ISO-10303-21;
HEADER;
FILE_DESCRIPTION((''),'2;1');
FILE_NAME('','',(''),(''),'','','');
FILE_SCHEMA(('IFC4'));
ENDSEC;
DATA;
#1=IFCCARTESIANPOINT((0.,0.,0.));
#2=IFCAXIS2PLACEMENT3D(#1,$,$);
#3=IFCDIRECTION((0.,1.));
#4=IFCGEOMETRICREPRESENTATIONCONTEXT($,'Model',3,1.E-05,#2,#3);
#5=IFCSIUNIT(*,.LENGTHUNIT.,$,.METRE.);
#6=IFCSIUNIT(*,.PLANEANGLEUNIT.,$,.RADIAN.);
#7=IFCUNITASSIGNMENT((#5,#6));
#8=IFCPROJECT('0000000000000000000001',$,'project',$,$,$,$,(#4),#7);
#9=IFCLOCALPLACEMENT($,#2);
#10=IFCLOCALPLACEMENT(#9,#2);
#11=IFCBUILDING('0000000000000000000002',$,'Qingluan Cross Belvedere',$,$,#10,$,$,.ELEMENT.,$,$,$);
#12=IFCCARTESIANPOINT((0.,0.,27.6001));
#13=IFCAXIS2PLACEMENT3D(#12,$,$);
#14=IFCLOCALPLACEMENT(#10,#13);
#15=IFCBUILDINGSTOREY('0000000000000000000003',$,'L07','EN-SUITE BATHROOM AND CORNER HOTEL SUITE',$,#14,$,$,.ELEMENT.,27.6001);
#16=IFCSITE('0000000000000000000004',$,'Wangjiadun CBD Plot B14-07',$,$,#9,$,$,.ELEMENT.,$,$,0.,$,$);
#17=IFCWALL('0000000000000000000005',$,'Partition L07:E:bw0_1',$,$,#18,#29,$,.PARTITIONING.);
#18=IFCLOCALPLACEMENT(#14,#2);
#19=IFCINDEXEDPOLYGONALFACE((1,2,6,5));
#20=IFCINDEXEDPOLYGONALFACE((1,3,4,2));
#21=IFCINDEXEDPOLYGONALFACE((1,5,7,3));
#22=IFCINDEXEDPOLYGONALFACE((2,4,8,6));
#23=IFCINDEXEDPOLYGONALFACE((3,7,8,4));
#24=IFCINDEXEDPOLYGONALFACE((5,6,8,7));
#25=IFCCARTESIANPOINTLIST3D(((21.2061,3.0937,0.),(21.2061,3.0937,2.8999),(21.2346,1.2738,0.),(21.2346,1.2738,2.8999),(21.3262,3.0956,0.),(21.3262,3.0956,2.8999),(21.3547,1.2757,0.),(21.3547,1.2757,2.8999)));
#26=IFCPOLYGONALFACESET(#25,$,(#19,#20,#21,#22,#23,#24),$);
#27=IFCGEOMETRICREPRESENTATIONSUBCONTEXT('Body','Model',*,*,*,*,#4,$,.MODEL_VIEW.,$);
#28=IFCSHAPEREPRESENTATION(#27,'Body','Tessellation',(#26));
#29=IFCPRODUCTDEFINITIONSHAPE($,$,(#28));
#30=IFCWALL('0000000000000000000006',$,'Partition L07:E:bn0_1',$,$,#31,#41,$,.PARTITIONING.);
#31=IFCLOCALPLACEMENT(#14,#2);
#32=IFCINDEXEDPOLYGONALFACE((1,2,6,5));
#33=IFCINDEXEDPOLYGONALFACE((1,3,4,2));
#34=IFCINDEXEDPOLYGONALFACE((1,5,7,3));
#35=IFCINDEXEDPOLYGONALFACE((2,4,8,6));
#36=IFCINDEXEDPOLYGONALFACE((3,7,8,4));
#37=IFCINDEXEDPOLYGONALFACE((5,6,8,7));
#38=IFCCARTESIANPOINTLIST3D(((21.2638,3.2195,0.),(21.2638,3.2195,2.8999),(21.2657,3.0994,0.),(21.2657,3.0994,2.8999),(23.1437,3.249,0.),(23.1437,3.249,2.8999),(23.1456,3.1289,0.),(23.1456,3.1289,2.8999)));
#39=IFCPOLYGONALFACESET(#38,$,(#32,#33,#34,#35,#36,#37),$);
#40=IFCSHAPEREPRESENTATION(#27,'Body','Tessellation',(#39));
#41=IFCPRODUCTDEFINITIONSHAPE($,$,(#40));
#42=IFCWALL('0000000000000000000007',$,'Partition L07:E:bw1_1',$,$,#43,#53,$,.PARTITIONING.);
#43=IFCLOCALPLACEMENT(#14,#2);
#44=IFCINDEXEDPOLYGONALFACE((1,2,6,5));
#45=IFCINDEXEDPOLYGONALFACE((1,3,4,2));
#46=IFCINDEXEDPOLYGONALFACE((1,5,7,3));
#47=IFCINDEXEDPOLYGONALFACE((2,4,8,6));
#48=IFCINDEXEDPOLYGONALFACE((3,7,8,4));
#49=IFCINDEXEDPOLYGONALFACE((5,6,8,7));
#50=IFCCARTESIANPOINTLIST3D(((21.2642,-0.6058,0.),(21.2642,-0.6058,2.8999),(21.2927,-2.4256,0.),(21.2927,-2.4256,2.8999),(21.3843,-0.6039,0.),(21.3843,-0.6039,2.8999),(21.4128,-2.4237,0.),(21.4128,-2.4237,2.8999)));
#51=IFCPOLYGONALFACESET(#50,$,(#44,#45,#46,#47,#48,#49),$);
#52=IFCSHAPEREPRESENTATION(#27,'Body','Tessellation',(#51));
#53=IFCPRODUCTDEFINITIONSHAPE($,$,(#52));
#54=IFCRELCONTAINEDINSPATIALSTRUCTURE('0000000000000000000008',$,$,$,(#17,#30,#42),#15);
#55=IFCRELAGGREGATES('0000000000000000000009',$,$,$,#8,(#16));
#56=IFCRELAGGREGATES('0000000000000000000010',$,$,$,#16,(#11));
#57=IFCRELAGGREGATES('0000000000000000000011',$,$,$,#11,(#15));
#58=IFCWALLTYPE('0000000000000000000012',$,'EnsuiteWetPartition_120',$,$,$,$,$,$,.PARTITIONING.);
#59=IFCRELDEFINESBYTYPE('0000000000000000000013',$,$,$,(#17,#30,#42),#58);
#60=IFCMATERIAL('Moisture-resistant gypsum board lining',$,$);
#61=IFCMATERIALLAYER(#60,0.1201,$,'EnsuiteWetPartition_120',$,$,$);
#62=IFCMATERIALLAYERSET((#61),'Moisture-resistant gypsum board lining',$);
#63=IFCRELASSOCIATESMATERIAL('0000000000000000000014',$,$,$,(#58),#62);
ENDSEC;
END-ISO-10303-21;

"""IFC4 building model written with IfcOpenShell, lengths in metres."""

from ifc_helpers import new_model, si_unit, direction, frame, frame_2d, origin, place, context, subcontext, project, spatial, rectangle, extrude, material, layer, layer_set, type_object, element, save


model = new_model("IFC4")

# Units and contexts
model_context = context("Model", 3, precision=1e-05, world=origin(), true_north=direction((0.0, 1.0)))
body_context = subcontext(model_context, "Body", "Model", "MODEL_VIEW")
ifc_project = project(units=[si_unit("LENGTHUNIT", "METRE"), si_unit("PLANEANGLEUNIT", "RADIAN")], contexts=[model_context])

# Site, building, storey
site_placement = place(None, origin())
site = spatial("IfcSite", under=ifc_project, at=site_placement, Name="Wangjiadun CBD Plot B14-07", CompositionType="ELEMENT", RefElevation=0.0)
building_placement = place(site_placement, origin())
building = spatial("IfcBuilding", under=site, at=building_placement, Name="Qingluan Cross Belvedere", CompositionType="ELEMENT")
storey_placement = place(building_placement, frame((0.0, 0.0, 27.6001)))
storey = spatial("IfcBuildingStorey", under=building, at=storey_placement, Name="L07", Description="EN-SUITE BATHROOM AND CORNER HOTEL SUITE", CompositionType="ELEMENT", Elevation=27.6001)

# Shared definitions
ifc_material_1 = material(Name="Moisture-resistant gypsum board lining")
ifc_layer_1 = layer(ifc_material_1, 0.1201, Name="EnsuiteWetPartition_120")
ifc_layer_set_1 = layer_set([ifc_layer_1], Name="Moisture-resistant gypsum board lining")
wall_type_1 = type_object("IfcWallType", Name="EnsuiteWetPartition_120", PredefinedType="PARTITIONING", material=ifc_layer_set_1)

# Walls
wall_1_placement = place(storey_placement, frame((21.2947, 1.2747, 0.0), z_axis=(0.0, 0.0, 1.0), x_axis=(-0.015694, 0.999877, 0.0)))
element("IfcWall", 1, at=wall_1_placement, inside=storey, type_object=wall_type_1, Name="Partition L07:E:bw0_1", PredefinedType="PARTITIONING", context=body_context, shape_type="SweptSolid", body=[
    extrude(rectangle(XDim=1.8201, YDim=0.1201, at=frame_2d((0.9102, 0.0))), origin(), (0.0, 0.0, 1.0), 2.8999),
])
wall_2_placement = place(storey_placement, frame((21.2649, 3.1594, 0.0), z_axis=(0.0, 0.0, 1.0), x_axis=(0.999877, 0.015712, 0.0)))
element("IfcWall", 2, at=wall_2_placement, inside=storey, type_object=wall_type_1, Name="Partition L07:E:bn0_1", PredefinedType="PARTITIONING", context=body_context, shape_type="SweptSolid", body=[
    extrude(rectangle(XDim=1.8801, YDim=0.1201, at=frame_2d((0.9399, 0.0))), origin(), (0.0, 0.0, 1.0), 2.8999),
])
wall_3_placement = place(storey_placement, frame((21.3528, -2.4248, 0.0), z_axis=(0.0, 0.0, 1.0), x_axis=(-0.015694, 0.999877, 0.0)))
element("IfcWall", 3, at=wall_3_placement, inside=storey, type_object=wall_type_1, Name="Partition L07:E:bw1_1", PredefinedType="PARTITIONING", context=body_context, shape_type="SweptSolid", body=[
    extrude(rectangle(XDim=1.8201, YDim=0.1201, at=frame_2d((0.9102, 0.0))), origin(), (0.0, 0.0, 1.0), 2.8999),
])

save(model, "model.ifc")
